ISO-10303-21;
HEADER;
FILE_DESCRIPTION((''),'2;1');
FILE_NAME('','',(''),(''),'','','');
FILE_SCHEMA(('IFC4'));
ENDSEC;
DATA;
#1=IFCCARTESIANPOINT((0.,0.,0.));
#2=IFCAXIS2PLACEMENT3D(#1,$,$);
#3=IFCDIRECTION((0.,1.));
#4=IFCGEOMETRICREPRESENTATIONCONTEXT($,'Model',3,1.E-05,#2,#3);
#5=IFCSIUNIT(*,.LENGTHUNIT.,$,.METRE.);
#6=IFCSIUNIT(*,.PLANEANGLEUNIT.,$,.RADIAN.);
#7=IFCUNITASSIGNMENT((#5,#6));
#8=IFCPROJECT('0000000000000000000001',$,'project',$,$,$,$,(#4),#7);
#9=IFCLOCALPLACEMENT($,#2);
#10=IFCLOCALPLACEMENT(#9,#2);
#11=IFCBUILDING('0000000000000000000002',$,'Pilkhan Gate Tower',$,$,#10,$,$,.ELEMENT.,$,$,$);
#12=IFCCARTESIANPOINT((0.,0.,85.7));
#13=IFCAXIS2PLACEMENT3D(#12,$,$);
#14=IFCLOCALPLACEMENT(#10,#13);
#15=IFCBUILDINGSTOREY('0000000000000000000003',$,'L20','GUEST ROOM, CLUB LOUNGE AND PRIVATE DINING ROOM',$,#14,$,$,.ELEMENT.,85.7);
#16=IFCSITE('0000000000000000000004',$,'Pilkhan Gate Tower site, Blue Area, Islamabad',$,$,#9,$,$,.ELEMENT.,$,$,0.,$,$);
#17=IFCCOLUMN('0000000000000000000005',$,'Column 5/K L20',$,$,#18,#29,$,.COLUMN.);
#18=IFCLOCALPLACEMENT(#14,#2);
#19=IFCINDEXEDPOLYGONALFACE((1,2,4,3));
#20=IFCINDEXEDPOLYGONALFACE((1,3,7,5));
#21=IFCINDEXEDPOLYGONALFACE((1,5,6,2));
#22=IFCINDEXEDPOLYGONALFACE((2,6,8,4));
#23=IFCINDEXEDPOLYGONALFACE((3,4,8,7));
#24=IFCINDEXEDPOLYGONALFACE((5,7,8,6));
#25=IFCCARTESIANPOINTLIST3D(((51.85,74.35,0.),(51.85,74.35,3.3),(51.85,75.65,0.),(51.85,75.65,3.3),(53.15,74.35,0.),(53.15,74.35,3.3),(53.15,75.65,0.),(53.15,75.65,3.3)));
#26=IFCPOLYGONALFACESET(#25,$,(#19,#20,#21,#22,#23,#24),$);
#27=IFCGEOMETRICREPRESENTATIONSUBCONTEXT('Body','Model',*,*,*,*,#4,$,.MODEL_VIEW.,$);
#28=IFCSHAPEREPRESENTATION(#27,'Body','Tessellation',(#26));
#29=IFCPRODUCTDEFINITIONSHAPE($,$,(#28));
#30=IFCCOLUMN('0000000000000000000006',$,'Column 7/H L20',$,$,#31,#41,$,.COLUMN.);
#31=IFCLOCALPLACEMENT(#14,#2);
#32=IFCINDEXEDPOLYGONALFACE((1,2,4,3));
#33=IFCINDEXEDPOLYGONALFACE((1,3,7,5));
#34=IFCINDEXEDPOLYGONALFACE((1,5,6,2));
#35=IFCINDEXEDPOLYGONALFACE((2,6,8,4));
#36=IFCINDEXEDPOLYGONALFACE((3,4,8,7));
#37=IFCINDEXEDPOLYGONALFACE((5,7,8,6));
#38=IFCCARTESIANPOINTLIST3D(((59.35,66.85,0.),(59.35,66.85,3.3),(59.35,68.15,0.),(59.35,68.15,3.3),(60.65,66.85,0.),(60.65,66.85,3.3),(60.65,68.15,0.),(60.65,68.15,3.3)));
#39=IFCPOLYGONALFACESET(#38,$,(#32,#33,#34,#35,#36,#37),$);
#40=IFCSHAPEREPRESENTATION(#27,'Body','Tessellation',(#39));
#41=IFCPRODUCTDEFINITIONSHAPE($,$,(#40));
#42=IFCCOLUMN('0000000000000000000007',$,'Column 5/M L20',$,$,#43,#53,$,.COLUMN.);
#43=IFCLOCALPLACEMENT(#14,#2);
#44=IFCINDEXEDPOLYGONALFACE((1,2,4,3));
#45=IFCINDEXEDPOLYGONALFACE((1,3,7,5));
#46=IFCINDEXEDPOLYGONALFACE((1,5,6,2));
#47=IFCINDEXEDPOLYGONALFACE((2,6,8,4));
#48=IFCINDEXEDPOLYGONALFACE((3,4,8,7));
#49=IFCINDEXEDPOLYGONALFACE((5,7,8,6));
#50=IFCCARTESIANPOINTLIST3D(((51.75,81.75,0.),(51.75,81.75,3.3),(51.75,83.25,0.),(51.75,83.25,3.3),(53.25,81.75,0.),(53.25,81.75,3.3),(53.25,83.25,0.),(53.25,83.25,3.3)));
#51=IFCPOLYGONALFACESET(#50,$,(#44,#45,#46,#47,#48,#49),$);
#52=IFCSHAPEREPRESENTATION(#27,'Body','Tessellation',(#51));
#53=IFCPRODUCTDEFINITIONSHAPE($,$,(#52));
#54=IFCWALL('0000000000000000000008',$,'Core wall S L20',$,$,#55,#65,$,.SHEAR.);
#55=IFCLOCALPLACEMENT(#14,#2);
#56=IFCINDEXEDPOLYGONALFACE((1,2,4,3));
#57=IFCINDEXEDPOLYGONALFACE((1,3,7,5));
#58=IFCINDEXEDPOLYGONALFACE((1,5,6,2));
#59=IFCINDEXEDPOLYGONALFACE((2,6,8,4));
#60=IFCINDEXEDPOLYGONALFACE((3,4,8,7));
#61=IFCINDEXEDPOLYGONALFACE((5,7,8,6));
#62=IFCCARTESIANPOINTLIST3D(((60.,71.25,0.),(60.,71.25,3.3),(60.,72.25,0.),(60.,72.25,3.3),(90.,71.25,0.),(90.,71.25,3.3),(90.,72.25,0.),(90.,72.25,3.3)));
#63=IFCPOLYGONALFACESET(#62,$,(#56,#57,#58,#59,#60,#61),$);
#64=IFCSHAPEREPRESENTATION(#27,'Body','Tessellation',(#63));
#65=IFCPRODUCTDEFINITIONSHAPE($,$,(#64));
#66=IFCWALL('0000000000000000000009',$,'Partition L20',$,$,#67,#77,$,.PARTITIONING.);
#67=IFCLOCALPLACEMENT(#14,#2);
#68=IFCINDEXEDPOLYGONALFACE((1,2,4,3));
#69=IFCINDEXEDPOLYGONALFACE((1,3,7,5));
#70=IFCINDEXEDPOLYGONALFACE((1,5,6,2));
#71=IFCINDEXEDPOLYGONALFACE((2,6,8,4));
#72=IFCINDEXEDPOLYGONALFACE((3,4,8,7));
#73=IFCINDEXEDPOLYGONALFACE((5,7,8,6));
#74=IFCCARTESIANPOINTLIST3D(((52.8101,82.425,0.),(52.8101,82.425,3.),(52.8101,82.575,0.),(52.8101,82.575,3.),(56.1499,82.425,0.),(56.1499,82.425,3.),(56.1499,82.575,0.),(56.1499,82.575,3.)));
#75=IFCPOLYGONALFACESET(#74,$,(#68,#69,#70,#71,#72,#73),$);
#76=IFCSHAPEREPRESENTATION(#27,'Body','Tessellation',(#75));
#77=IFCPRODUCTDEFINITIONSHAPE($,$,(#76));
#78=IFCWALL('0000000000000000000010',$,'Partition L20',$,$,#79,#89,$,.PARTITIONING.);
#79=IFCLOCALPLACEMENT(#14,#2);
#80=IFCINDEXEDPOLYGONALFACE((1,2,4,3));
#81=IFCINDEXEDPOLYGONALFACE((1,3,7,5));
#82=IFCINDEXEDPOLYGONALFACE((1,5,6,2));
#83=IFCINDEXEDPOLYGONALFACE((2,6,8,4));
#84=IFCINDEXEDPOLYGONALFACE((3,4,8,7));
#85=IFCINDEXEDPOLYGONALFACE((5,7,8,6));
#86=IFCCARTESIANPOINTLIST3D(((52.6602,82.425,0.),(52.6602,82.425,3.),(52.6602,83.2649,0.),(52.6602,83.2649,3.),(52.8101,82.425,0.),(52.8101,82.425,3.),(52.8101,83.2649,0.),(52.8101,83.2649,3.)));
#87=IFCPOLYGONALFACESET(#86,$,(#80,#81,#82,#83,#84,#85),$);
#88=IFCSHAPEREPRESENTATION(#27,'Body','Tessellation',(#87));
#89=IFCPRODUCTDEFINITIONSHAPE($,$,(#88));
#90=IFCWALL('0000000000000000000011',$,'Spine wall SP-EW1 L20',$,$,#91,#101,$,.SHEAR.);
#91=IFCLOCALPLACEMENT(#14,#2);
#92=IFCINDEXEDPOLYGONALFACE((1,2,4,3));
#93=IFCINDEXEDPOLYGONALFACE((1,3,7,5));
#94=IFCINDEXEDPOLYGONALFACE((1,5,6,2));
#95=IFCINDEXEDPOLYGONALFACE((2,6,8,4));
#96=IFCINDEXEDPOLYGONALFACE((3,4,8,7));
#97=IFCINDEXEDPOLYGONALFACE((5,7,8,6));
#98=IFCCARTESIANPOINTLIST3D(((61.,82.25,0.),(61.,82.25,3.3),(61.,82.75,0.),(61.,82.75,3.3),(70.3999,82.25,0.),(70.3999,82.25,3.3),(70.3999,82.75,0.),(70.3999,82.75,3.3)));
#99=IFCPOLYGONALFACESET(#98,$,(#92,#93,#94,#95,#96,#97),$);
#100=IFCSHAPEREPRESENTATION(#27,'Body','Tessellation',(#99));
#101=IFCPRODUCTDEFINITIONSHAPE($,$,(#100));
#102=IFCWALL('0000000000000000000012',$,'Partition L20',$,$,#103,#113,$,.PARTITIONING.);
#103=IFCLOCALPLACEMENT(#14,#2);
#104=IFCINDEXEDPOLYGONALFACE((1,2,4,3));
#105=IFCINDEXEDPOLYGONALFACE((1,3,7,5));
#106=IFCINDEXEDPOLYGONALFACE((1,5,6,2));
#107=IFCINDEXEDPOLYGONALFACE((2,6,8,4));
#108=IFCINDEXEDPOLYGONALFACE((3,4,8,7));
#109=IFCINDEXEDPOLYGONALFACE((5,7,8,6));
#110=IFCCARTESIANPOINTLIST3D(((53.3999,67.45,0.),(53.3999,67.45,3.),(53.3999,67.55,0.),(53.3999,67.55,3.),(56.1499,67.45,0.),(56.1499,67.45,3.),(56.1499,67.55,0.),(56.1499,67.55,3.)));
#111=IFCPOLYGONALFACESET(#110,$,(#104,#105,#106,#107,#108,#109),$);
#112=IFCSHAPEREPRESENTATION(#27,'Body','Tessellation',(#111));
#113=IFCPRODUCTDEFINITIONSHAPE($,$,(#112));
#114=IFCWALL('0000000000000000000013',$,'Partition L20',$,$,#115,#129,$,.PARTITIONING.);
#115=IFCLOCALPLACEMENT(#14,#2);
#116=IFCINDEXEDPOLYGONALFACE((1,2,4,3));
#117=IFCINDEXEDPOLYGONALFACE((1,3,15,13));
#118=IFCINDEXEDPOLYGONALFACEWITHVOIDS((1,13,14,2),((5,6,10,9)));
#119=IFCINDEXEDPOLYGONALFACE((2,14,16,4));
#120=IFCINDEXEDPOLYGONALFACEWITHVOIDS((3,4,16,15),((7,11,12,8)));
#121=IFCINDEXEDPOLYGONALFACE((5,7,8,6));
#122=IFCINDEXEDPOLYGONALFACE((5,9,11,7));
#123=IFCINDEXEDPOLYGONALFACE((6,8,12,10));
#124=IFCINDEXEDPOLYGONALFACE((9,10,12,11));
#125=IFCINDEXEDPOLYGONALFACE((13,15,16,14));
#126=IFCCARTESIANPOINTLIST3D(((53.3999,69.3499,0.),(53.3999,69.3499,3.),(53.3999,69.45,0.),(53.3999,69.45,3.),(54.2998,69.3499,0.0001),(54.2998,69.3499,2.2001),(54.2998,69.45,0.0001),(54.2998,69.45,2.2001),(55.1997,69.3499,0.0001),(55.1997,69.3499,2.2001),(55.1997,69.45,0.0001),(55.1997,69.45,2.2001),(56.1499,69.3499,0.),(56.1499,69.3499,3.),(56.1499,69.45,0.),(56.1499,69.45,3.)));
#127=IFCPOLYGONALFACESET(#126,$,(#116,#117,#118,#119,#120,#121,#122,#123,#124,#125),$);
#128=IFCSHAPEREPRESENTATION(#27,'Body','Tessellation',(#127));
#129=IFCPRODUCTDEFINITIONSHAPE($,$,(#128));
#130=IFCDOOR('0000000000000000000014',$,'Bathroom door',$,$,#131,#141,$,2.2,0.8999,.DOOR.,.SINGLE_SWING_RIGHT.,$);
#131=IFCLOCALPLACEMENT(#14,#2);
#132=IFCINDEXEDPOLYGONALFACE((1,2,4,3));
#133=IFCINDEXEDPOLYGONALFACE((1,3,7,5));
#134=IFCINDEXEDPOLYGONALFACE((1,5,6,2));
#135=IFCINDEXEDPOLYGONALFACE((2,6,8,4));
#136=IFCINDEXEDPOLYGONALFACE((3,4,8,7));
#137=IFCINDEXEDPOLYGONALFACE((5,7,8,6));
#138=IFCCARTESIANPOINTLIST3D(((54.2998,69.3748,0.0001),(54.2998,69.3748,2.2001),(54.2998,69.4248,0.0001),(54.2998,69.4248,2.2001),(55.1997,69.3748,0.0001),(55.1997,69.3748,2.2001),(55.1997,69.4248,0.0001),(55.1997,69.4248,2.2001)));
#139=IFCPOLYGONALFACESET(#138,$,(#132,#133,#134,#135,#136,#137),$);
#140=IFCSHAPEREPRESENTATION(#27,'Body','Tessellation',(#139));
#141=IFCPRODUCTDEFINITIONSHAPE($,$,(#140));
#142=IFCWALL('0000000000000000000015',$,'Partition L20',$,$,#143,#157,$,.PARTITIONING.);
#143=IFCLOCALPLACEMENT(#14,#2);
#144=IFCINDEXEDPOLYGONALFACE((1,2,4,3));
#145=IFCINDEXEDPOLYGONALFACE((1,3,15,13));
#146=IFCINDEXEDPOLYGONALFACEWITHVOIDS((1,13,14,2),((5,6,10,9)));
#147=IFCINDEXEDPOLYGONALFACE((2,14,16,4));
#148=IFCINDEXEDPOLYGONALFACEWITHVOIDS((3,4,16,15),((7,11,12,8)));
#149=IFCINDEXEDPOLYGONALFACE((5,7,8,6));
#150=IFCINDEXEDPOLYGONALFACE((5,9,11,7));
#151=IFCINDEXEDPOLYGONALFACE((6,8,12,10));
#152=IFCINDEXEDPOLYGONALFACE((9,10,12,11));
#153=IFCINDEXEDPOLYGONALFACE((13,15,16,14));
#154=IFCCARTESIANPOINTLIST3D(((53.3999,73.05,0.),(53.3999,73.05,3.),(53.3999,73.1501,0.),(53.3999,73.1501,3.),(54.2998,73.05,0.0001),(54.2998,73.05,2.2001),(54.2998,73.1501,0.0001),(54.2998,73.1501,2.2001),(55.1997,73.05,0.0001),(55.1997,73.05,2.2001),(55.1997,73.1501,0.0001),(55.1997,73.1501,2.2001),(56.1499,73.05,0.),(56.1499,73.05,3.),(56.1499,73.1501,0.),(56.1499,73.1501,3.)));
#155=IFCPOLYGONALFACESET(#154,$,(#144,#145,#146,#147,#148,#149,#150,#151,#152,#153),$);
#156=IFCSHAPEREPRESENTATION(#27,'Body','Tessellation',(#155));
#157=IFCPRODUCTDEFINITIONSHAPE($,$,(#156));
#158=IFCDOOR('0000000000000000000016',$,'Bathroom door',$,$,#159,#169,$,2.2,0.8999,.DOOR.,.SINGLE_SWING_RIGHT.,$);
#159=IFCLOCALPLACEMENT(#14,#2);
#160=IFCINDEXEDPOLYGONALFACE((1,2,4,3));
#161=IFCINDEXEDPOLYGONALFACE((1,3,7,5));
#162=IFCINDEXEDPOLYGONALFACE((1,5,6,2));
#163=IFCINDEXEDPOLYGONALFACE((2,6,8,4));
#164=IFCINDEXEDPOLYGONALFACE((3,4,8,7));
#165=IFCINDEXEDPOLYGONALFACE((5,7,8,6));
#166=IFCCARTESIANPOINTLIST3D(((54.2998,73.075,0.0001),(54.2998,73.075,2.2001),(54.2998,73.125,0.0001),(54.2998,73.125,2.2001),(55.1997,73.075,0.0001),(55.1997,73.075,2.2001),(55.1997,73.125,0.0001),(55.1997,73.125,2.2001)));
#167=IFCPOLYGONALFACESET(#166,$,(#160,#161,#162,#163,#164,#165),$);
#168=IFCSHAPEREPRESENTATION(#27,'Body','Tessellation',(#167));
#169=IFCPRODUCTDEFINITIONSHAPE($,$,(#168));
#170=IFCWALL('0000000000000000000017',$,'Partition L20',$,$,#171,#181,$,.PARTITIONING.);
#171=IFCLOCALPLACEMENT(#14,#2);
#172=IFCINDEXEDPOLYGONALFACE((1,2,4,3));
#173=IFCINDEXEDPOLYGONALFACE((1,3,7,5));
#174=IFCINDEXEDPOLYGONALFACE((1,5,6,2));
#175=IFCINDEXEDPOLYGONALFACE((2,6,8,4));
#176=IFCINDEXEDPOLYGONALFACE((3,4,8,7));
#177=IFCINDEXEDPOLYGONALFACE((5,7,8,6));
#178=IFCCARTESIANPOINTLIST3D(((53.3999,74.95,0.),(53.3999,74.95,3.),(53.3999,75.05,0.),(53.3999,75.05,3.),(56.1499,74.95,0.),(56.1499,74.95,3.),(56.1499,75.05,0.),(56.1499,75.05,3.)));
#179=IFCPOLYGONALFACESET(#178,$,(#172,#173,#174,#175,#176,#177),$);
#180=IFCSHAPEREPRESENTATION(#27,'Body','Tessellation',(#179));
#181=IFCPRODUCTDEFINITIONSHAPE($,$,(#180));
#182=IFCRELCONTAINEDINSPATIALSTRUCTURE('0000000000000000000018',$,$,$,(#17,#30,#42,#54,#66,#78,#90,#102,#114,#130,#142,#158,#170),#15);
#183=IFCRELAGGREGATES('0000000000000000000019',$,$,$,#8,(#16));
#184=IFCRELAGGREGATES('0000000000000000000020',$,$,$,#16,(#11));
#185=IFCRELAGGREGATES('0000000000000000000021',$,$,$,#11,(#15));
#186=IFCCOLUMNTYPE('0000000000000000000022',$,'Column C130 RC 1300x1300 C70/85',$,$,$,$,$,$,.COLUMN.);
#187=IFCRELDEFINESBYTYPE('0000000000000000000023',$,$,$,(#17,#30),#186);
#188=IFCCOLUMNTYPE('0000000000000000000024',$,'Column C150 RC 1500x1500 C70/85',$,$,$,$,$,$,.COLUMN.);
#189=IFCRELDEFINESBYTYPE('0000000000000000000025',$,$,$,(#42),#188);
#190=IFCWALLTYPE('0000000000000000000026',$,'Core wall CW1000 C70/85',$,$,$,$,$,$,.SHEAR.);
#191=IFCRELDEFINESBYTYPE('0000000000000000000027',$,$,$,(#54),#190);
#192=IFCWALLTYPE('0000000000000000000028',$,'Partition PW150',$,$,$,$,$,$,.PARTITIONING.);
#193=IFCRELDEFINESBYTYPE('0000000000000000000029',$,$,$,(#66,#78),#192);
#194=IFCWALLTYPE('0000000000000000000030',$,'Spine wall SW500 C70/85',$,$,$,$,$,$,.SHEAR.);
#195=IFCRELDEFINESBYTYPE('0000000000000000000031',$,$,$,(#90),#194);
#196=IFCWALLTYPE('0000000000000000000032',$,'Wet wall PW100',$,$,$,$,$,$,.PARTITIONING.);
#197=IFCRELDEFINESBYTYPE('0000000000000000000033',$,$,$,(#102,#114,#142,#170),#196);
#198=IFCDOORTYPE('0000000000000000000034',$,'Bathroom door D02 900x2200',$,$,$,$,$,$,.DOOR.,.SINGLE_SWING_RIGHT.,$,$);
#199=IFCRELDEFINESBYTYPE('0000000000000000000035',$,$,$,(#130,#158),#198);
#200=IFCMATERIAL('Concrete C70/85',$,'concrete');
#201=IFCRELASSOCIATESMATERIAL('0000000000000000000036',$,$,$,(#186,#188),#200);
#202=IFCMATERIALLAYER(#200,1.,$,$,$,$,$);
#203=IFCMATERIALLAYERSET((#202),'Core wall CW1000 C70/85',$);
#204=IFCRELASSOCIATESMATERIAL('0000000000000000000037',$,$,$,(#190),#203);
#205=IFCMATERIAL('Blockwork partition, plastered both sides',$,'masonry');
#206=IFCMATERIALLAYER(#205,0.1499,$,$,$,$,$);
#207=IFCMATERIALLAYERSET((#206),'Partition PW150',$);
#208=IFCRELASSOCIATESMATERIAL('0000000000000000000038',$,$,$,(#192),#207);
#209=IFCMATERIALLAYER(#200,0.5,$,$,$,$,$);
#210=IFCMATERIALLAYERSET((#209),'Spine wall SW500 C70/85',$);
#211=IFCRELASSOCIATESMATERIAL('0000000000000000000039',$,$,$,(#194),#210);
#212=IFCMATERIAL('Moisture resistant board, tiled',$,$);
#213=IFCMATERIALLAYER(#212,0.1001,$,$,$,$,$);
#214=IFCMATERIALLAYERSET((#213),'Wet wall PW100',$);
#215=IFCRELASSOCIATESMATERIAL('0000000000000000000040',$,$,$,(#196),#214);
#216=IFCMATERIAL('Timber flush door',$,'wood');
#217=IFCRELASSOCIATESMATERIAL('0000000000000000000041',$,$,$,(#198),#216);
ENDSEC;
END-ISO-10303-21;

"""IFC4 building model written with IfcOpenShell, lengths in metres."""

from ifc_helpers import new_model, si_unit, direction, frame, frame_2d, origin, origin_2d, place, context, subcontext, project, spatial, rectangle, extrude, material, layer, layer_set, material_profile, profile_set, type_object, element, fill, save


model = new_model("IFC4")

# Units and contexts
model_context = context("Model", 3, precision=1e-05, world=origin(), true_north=direction((0.0, 1.0)))
body_context = subcontext(model_context, "Body", "Model", "MODEL_VIEW")
ifc_project = project(units=[si_unit("LENGTHUNIT", "METRE"), si_unit("PLANEANGLEUNIT", "RADIAN")], contexts=[model_context])

# Site, building, storey
site_placement = place(None, origin())
site = spatial("IfcSite", under=ifc_project, at=site_placement, Name="Pilkhan Gate Tower site, Blue Area, Islamabad", CompositionType="ELEMENT", RefElevation=0.0)
building_placement = place(site_placement, origin())
building = spatial("IfcBuilding", under=site, at=building_placement, Name="Pilkhan Gate Tower", CompositionType="ELEMENT")
storey_placement = place(building_placement, frame((0.0, 0.0, 85.7)))
storey = spatial("IfcBuildingStorey", under=building, at=storey_placement, Name="L20", Description="GUEST ROOM, CLUB LOUNGE AND PRIVATE DINING ROOM", CompositionType="ELEMENT", Elevation=85.7)

# Columns
ifc_material_1 = material(Name="Concrete C70/85", Category="concrete")
ifc_material_profile_1 = material_profile(ifc_material_1, rectangle(XDim=1.3, YDim=1.3, at=origin_2d()), Name="RC 1300x1300")
ifc_profile_set_1 = profile_set([ifc_material_profile_1], Name="Concrete C70/85")
column_type_1 = type_object("IfcColumnType", Name="Column C130 RC 1300x1300 C70/85", PredefinedType="COLUMN", material=ifc_profile_set_1)
for number, where, z_axis, x_axis, name in (
    (1, (52.5, 75.0, 0.0), (0.0, 0.0, 1.0), (1.0, 0.0, 0.0), "Column 5/K L20"),
    (2, (60.0, 67.5, 0.0), (0.0, 0.0, 1.0), (1.0, 0.0, 0.0), "Column 7/H L20"),
):
    element("IfcColumn", number, at=place(storey_placement, frame(where, z_axis=z_axis, x_axis=x_axis)), inside=storey, type_object=column_type_1, Name=name, PredefinedType="COLUMN", context=body_context, shape_type="SweptSolid", body=[
        extrude(rectangle(XDim=1.3, YDim=1.3, at=origin_2d()), origin(), (0.0, 0.0, 1.0), 3.3),
    ])
ifc_material_profile_2 = material_profile(ifc_material_1, rectangle(XDim=1.5, YDim=1.5, at=origin_2d()), Name="RC 1500x1500")
ifc_profile_set_2 = profile_set([ifc_material_profile_2], Name="Concrete C70/85")
column_type_2 = type_object("IfcColumnType", Name="Column C150 RC 1500x1500 C70/85", PredefinedType="COLUMN", material=ifc_profile_set_2)
column_placement = place(storey_placement, frame((52.5, 82.5, 0.0), z_axis=(0.0, 0.0, 1.0), x_axis=(1.0, 0.0, 0.0)))
element("IfcColumn", 3, at=column_placement, inside=storey, type_object=column_type_2, Name="Column 5/M L20", PredefinedType="COLUMN", context=body_context, shape_type="SweptSolid", body=[
    extrude(rectangle(XDim=1.5, YDim=1.5, at=origin_2d()), origin(), (0.0, 0.0, 1.0), 3.3),
])

# Walls
ifc_layer_1 = layer(ifc_material_1, 1.0)
ifc_layer_set_1 = layer_set([ifc_layer_1], Name="Core wall CW1000 C70/85")
wall_type_1 = type_object("IfcWallType", Name="Core wall CW1000 C70/85", PredefinedType="SHEAR", material=ifc_layer_set_1)
wall_1_placement = place(storey_placement, frame((60.0, 71.75, 0.0), z_axis=(0.0, 0.0, 1.0), x_axis=(1.0, 0.0, 0.0)))
element("IfcWall", 4, at=wall_1_placement, inside=storey, type_object=wall_type_1, Name="Core wall S L20", PredefinedType="SHEAR", context=body_context, shape_type="SweptSolid", body=[
    extrude(rectangle(XDim=30.0, YDim=1.0, at=frame_2d((15.0, 0.0))), origin(), (0.0, 0.0, 1.0), 3.3),
])
ifc_material_2 = material(Name="Blockwork partition, plastered both sides", Category="masonry")
ifc_layer_2 = layer(ifc_material_2, 0.1499)
ifc_layer_set_2 = layer_set([ifc_layer_2], Name="Partition PW150")
wall_type_2 = type_object("IfcWallType", Name="Partition PW150", PredefinedType="PARTITIONING", material=ifc_layer_set_2)
wall_2_placement = place(storey_placement, frame((52.8101, 82.5, 0.0), z_axis=(0.0, 0.0, 1.0), x_axis=(1.0, 0.0, 0.0)))
element("IfcWall", 5, at=wall_2_placement, inside=storey, type_object=wall_type_2, Name="Partition L20", PredefinedType="PARTITIONING", context=body_context, shape_type="SweptSolid", body=[
    extrude(rectangle(XDim=3.3398, YDim=0.1499, at=frame_2d((1.6699, 0.0))), origin(), (0.0, 0.0, 1.0), 3.0),
])
wall_3_placement = place(storey_placement, frame((52.7351, 82.425, 0.0), z_axis=(0.0, 0.0, 1.0), x_axis=(0.0, 1.0, 0.0)))
element("IfcWall", 6, at=wall_3_placement, inside=storey, type_object=wall_type_2, Name="Partition L20", PredefinedType="PARTITIONING", context=body_context, shape_type="SweptSolid", body=[
    extrude(rectangle(XDim=0.8398, YDim=0.1499, at=frame_2d((0.4199, 0.0))), origin(), (0.0, 0.0, 1.0), 3.0),
])
ifc_layer_3 = layer(ifc_material_1, 0.5)
ifc_layer_set_3 = layer_set([ifc_layer_3], Name="Spine wall SW500 C70/85")
wall_type_3 = type_object("IfcWallType", Name="Spine wall SW500 C70/85", PredefinedType="SHEAR", material=ifc_layer_set_3)
wall_4_placement = place(storey_placement, frame((61.0, 82.5, 0.0), z_axis=(0.0, 0.0, 1.0), x_axis=(1.0, 0.0, 0.0)))
element("IfcWall", 7, at=wall_4_placement, inside=storey, type_object=wall_type_3, Name="Spine wall SP-EW1 L20", PredefinedType="SHEAR", context=body_context, shape_type="SweptSolid", body=[
    extrude(rectangle(XDim=9.3999, YDim=0.5, at=frame_2d((4.7, 0.0))), origin(), (0.0, 0.0, 1.0), 3.3),
])
ifc_material_3 = material(Name="Moisture resistant board, tiled")
ifc_layer_4 = layer(ifc_material_3, 0.1001)
ifc_layer_set_4 = layer_set([ifc_layer_4], Name="Wet wall PW100")
wall_type_4 = type_object("IfcWallType", Name="Wet wall PW100", PredefinedType="PARTITIONING", material=ifc_layer_set_4)
wall_5_placement = place(storey_placement, frame((53.3999, 67.5, 0.0), z_axis=(0.0, 0.0, 1.0), x_axis=(1.0, 0.0, 0.0)))
element("IfcWall", 8, at=wall_5_placement, inside=storey, type_object=wall_type_4, Name="Partition L20", PredefinedType="PARTITIONING", context=body_context, shape_type="SweptSolid", body=[
    extrude(rectangle(XDim=2.75, YDim=0.1001, at=frame_2d((1.375, 0.0))), origin(), (0.0, 0.0, 1.0), 3.0),
])

# Walls, openings, doors
wall_6_placement = place(storey_placement, frame((53.3999, 69.3999, 0.0), z_axis=(0.0, 0.0, 1.0), x_axis=(1.0, 0.0, 0.0)))
wall_6 = element("IfcWall", 9, at=wall_6_placement, inside=storey, type_object=wall_type_4, Name="Partition L20", PredefinedType="PARTITIONING", context=body_context, shape_type="SweptSolid", body=[
    extrude(rectangle(XDim=2.75, YDim=0.1001, at=frame_2d((1.375, 0.0))), origin(), (0.0, 0.0, 1.0), 3.0),
])
opening_1_placement = place(wall_6_placement, frame((0.8999, 0.0, 0.0)))
opening_1 = element("IfcOpeningElement", 10, at=opening_1_placement, cuts=wall_6, PredefinedType="OPENING", context=body_context, shape_type="SweptSolid", body=[
    extrude(rectangle(XDim=0.8999, YDim=2.2, at=frame_2d((0.45, 1.1001))), frame((0.0, 0.0601, 0.0), z_axis=(0.0, -1.0, 0.0), x_axis=(1.0, 0.0, 0.0)), (0.0, 0.0, 1.0), 0.1201),
])
ifc_material_4 = material(Name="Timber flush door", Category="wood")
door_type = type_object("IfcDoorType", Name="Bathroom door D02 900x2200", OperationType="SINGLE_SWING_RIGHT", PredefinedType="DOOR", material=ifc_material_4)
door_1_placement = place(opening_1_placement, origin())
door_1 = element("IfcDoor", 11, at=door_1_placement, inside=storey, type_object=door_type, Name="Bathroom door", OperationType="SINGLE_SWING_RIGHT", OverallHeight=2.2, OverallWidth=0.8999, PredefinedType="DOOR", context=body_context, shape_type="SweptSolid", body=[
    extrude(rectangle(XDim=0.8999, YDim=2.2, at=frame_2d((0.45, 1.1001))), frame((0.0, 0.0249, 0.0), z_axis=(0.0, -1.0, 0.0), x_axis=(1.0, 0.0, 0.0)), (0.0, 0.0, 1.0), 0.05),
])
fill(opening_1, door_1)
wall_7_placement = place(storey_placement, frame((53.3999, 73.1001, 0.0), z_axis=(0.0, 0.0, 1.0), x_axis=(1.0, 0.0, 0.0)))
wall_7 = element("IfcWall", 12, at=wall_7_placement, inside=storey, type_object=wall_type_4, Name="Partition L20", PredefinedType="PARTITIONING", context=body_context, shape_type="SweptSolid", body=[
    extrude(rectangle(XDim=2.75, YDim=0.1001, at=frame_2d((1.375, 0.0))), origin(), (0.0, 0.0, 1.0), 3.0),
])
opening_2_placement = place(wall_7_placement, frame((0.8999, 0.0, 0.0)))
opening_2 = element("IfcOpeningElement", 13, at=opening_2_placement, cuts=wall_7, PredefinedType="OPENING", context=body_context, shape_type="SweptSolid", body=[
    extrude(rectangle(XDim=0.8999, YDim=2.2, at=frame_2d((0.45, 1.1001))), frame((0.0, 0.0601, 0.0), z_axis=(0.0, -1.0, 0.0), x_axis=(1.0, 0.0, 0.0)), (0.0, 0.0, 1.0), 0.1201),
])
door_2_placement = place(opening_2_placement, origin())
door_2 = element("IfcDoor", 14, at=door_2_placement, inside=storey, type_object=door_type, Name="Bathroom door", OperationType="SINGLE_SWING_RIGHT", OverallHeight=2.2, OverallWidth=0.8999, PredefinedType="DOOR", context=body_context, shape_type="SweptSolid", body=[
    extrude(rectangle(XDim=0.8999, YDim=2.2, at=frame_2d((0.45, 1.1001))), frame((0.0, 0.0249, 0.0), z_axis=(0.0, -1.0, 0.0), x_axis=(1.0, 0.0, 0.0)), (0.0, 0.0, 1.0), 0.05),
])
fill(opening_2, door_2)

# Wall
wall_8_placement = place(storey_placement, frame((53.3999, 75.0, 0.0), z_axis=(0.0, 0.0, 1.0), x_axis=(1.0, 0.0, 0.0)))
element("IfcWall", 15, at=wall_8_placement, inside=storey, type_object=wall_type_4, Name="Partition L20", PredefinedType="PARTITIONING", context=body_context, shape_type="SweptSolid", body=[
    extrude(rectangle(XDim=2.75, YDim=0.1001, at=frame_2d((1.375, 0.0))), origin(), (0.0, 0.0, 1.0), 3.0),
])

save(model, "model.ifc")
